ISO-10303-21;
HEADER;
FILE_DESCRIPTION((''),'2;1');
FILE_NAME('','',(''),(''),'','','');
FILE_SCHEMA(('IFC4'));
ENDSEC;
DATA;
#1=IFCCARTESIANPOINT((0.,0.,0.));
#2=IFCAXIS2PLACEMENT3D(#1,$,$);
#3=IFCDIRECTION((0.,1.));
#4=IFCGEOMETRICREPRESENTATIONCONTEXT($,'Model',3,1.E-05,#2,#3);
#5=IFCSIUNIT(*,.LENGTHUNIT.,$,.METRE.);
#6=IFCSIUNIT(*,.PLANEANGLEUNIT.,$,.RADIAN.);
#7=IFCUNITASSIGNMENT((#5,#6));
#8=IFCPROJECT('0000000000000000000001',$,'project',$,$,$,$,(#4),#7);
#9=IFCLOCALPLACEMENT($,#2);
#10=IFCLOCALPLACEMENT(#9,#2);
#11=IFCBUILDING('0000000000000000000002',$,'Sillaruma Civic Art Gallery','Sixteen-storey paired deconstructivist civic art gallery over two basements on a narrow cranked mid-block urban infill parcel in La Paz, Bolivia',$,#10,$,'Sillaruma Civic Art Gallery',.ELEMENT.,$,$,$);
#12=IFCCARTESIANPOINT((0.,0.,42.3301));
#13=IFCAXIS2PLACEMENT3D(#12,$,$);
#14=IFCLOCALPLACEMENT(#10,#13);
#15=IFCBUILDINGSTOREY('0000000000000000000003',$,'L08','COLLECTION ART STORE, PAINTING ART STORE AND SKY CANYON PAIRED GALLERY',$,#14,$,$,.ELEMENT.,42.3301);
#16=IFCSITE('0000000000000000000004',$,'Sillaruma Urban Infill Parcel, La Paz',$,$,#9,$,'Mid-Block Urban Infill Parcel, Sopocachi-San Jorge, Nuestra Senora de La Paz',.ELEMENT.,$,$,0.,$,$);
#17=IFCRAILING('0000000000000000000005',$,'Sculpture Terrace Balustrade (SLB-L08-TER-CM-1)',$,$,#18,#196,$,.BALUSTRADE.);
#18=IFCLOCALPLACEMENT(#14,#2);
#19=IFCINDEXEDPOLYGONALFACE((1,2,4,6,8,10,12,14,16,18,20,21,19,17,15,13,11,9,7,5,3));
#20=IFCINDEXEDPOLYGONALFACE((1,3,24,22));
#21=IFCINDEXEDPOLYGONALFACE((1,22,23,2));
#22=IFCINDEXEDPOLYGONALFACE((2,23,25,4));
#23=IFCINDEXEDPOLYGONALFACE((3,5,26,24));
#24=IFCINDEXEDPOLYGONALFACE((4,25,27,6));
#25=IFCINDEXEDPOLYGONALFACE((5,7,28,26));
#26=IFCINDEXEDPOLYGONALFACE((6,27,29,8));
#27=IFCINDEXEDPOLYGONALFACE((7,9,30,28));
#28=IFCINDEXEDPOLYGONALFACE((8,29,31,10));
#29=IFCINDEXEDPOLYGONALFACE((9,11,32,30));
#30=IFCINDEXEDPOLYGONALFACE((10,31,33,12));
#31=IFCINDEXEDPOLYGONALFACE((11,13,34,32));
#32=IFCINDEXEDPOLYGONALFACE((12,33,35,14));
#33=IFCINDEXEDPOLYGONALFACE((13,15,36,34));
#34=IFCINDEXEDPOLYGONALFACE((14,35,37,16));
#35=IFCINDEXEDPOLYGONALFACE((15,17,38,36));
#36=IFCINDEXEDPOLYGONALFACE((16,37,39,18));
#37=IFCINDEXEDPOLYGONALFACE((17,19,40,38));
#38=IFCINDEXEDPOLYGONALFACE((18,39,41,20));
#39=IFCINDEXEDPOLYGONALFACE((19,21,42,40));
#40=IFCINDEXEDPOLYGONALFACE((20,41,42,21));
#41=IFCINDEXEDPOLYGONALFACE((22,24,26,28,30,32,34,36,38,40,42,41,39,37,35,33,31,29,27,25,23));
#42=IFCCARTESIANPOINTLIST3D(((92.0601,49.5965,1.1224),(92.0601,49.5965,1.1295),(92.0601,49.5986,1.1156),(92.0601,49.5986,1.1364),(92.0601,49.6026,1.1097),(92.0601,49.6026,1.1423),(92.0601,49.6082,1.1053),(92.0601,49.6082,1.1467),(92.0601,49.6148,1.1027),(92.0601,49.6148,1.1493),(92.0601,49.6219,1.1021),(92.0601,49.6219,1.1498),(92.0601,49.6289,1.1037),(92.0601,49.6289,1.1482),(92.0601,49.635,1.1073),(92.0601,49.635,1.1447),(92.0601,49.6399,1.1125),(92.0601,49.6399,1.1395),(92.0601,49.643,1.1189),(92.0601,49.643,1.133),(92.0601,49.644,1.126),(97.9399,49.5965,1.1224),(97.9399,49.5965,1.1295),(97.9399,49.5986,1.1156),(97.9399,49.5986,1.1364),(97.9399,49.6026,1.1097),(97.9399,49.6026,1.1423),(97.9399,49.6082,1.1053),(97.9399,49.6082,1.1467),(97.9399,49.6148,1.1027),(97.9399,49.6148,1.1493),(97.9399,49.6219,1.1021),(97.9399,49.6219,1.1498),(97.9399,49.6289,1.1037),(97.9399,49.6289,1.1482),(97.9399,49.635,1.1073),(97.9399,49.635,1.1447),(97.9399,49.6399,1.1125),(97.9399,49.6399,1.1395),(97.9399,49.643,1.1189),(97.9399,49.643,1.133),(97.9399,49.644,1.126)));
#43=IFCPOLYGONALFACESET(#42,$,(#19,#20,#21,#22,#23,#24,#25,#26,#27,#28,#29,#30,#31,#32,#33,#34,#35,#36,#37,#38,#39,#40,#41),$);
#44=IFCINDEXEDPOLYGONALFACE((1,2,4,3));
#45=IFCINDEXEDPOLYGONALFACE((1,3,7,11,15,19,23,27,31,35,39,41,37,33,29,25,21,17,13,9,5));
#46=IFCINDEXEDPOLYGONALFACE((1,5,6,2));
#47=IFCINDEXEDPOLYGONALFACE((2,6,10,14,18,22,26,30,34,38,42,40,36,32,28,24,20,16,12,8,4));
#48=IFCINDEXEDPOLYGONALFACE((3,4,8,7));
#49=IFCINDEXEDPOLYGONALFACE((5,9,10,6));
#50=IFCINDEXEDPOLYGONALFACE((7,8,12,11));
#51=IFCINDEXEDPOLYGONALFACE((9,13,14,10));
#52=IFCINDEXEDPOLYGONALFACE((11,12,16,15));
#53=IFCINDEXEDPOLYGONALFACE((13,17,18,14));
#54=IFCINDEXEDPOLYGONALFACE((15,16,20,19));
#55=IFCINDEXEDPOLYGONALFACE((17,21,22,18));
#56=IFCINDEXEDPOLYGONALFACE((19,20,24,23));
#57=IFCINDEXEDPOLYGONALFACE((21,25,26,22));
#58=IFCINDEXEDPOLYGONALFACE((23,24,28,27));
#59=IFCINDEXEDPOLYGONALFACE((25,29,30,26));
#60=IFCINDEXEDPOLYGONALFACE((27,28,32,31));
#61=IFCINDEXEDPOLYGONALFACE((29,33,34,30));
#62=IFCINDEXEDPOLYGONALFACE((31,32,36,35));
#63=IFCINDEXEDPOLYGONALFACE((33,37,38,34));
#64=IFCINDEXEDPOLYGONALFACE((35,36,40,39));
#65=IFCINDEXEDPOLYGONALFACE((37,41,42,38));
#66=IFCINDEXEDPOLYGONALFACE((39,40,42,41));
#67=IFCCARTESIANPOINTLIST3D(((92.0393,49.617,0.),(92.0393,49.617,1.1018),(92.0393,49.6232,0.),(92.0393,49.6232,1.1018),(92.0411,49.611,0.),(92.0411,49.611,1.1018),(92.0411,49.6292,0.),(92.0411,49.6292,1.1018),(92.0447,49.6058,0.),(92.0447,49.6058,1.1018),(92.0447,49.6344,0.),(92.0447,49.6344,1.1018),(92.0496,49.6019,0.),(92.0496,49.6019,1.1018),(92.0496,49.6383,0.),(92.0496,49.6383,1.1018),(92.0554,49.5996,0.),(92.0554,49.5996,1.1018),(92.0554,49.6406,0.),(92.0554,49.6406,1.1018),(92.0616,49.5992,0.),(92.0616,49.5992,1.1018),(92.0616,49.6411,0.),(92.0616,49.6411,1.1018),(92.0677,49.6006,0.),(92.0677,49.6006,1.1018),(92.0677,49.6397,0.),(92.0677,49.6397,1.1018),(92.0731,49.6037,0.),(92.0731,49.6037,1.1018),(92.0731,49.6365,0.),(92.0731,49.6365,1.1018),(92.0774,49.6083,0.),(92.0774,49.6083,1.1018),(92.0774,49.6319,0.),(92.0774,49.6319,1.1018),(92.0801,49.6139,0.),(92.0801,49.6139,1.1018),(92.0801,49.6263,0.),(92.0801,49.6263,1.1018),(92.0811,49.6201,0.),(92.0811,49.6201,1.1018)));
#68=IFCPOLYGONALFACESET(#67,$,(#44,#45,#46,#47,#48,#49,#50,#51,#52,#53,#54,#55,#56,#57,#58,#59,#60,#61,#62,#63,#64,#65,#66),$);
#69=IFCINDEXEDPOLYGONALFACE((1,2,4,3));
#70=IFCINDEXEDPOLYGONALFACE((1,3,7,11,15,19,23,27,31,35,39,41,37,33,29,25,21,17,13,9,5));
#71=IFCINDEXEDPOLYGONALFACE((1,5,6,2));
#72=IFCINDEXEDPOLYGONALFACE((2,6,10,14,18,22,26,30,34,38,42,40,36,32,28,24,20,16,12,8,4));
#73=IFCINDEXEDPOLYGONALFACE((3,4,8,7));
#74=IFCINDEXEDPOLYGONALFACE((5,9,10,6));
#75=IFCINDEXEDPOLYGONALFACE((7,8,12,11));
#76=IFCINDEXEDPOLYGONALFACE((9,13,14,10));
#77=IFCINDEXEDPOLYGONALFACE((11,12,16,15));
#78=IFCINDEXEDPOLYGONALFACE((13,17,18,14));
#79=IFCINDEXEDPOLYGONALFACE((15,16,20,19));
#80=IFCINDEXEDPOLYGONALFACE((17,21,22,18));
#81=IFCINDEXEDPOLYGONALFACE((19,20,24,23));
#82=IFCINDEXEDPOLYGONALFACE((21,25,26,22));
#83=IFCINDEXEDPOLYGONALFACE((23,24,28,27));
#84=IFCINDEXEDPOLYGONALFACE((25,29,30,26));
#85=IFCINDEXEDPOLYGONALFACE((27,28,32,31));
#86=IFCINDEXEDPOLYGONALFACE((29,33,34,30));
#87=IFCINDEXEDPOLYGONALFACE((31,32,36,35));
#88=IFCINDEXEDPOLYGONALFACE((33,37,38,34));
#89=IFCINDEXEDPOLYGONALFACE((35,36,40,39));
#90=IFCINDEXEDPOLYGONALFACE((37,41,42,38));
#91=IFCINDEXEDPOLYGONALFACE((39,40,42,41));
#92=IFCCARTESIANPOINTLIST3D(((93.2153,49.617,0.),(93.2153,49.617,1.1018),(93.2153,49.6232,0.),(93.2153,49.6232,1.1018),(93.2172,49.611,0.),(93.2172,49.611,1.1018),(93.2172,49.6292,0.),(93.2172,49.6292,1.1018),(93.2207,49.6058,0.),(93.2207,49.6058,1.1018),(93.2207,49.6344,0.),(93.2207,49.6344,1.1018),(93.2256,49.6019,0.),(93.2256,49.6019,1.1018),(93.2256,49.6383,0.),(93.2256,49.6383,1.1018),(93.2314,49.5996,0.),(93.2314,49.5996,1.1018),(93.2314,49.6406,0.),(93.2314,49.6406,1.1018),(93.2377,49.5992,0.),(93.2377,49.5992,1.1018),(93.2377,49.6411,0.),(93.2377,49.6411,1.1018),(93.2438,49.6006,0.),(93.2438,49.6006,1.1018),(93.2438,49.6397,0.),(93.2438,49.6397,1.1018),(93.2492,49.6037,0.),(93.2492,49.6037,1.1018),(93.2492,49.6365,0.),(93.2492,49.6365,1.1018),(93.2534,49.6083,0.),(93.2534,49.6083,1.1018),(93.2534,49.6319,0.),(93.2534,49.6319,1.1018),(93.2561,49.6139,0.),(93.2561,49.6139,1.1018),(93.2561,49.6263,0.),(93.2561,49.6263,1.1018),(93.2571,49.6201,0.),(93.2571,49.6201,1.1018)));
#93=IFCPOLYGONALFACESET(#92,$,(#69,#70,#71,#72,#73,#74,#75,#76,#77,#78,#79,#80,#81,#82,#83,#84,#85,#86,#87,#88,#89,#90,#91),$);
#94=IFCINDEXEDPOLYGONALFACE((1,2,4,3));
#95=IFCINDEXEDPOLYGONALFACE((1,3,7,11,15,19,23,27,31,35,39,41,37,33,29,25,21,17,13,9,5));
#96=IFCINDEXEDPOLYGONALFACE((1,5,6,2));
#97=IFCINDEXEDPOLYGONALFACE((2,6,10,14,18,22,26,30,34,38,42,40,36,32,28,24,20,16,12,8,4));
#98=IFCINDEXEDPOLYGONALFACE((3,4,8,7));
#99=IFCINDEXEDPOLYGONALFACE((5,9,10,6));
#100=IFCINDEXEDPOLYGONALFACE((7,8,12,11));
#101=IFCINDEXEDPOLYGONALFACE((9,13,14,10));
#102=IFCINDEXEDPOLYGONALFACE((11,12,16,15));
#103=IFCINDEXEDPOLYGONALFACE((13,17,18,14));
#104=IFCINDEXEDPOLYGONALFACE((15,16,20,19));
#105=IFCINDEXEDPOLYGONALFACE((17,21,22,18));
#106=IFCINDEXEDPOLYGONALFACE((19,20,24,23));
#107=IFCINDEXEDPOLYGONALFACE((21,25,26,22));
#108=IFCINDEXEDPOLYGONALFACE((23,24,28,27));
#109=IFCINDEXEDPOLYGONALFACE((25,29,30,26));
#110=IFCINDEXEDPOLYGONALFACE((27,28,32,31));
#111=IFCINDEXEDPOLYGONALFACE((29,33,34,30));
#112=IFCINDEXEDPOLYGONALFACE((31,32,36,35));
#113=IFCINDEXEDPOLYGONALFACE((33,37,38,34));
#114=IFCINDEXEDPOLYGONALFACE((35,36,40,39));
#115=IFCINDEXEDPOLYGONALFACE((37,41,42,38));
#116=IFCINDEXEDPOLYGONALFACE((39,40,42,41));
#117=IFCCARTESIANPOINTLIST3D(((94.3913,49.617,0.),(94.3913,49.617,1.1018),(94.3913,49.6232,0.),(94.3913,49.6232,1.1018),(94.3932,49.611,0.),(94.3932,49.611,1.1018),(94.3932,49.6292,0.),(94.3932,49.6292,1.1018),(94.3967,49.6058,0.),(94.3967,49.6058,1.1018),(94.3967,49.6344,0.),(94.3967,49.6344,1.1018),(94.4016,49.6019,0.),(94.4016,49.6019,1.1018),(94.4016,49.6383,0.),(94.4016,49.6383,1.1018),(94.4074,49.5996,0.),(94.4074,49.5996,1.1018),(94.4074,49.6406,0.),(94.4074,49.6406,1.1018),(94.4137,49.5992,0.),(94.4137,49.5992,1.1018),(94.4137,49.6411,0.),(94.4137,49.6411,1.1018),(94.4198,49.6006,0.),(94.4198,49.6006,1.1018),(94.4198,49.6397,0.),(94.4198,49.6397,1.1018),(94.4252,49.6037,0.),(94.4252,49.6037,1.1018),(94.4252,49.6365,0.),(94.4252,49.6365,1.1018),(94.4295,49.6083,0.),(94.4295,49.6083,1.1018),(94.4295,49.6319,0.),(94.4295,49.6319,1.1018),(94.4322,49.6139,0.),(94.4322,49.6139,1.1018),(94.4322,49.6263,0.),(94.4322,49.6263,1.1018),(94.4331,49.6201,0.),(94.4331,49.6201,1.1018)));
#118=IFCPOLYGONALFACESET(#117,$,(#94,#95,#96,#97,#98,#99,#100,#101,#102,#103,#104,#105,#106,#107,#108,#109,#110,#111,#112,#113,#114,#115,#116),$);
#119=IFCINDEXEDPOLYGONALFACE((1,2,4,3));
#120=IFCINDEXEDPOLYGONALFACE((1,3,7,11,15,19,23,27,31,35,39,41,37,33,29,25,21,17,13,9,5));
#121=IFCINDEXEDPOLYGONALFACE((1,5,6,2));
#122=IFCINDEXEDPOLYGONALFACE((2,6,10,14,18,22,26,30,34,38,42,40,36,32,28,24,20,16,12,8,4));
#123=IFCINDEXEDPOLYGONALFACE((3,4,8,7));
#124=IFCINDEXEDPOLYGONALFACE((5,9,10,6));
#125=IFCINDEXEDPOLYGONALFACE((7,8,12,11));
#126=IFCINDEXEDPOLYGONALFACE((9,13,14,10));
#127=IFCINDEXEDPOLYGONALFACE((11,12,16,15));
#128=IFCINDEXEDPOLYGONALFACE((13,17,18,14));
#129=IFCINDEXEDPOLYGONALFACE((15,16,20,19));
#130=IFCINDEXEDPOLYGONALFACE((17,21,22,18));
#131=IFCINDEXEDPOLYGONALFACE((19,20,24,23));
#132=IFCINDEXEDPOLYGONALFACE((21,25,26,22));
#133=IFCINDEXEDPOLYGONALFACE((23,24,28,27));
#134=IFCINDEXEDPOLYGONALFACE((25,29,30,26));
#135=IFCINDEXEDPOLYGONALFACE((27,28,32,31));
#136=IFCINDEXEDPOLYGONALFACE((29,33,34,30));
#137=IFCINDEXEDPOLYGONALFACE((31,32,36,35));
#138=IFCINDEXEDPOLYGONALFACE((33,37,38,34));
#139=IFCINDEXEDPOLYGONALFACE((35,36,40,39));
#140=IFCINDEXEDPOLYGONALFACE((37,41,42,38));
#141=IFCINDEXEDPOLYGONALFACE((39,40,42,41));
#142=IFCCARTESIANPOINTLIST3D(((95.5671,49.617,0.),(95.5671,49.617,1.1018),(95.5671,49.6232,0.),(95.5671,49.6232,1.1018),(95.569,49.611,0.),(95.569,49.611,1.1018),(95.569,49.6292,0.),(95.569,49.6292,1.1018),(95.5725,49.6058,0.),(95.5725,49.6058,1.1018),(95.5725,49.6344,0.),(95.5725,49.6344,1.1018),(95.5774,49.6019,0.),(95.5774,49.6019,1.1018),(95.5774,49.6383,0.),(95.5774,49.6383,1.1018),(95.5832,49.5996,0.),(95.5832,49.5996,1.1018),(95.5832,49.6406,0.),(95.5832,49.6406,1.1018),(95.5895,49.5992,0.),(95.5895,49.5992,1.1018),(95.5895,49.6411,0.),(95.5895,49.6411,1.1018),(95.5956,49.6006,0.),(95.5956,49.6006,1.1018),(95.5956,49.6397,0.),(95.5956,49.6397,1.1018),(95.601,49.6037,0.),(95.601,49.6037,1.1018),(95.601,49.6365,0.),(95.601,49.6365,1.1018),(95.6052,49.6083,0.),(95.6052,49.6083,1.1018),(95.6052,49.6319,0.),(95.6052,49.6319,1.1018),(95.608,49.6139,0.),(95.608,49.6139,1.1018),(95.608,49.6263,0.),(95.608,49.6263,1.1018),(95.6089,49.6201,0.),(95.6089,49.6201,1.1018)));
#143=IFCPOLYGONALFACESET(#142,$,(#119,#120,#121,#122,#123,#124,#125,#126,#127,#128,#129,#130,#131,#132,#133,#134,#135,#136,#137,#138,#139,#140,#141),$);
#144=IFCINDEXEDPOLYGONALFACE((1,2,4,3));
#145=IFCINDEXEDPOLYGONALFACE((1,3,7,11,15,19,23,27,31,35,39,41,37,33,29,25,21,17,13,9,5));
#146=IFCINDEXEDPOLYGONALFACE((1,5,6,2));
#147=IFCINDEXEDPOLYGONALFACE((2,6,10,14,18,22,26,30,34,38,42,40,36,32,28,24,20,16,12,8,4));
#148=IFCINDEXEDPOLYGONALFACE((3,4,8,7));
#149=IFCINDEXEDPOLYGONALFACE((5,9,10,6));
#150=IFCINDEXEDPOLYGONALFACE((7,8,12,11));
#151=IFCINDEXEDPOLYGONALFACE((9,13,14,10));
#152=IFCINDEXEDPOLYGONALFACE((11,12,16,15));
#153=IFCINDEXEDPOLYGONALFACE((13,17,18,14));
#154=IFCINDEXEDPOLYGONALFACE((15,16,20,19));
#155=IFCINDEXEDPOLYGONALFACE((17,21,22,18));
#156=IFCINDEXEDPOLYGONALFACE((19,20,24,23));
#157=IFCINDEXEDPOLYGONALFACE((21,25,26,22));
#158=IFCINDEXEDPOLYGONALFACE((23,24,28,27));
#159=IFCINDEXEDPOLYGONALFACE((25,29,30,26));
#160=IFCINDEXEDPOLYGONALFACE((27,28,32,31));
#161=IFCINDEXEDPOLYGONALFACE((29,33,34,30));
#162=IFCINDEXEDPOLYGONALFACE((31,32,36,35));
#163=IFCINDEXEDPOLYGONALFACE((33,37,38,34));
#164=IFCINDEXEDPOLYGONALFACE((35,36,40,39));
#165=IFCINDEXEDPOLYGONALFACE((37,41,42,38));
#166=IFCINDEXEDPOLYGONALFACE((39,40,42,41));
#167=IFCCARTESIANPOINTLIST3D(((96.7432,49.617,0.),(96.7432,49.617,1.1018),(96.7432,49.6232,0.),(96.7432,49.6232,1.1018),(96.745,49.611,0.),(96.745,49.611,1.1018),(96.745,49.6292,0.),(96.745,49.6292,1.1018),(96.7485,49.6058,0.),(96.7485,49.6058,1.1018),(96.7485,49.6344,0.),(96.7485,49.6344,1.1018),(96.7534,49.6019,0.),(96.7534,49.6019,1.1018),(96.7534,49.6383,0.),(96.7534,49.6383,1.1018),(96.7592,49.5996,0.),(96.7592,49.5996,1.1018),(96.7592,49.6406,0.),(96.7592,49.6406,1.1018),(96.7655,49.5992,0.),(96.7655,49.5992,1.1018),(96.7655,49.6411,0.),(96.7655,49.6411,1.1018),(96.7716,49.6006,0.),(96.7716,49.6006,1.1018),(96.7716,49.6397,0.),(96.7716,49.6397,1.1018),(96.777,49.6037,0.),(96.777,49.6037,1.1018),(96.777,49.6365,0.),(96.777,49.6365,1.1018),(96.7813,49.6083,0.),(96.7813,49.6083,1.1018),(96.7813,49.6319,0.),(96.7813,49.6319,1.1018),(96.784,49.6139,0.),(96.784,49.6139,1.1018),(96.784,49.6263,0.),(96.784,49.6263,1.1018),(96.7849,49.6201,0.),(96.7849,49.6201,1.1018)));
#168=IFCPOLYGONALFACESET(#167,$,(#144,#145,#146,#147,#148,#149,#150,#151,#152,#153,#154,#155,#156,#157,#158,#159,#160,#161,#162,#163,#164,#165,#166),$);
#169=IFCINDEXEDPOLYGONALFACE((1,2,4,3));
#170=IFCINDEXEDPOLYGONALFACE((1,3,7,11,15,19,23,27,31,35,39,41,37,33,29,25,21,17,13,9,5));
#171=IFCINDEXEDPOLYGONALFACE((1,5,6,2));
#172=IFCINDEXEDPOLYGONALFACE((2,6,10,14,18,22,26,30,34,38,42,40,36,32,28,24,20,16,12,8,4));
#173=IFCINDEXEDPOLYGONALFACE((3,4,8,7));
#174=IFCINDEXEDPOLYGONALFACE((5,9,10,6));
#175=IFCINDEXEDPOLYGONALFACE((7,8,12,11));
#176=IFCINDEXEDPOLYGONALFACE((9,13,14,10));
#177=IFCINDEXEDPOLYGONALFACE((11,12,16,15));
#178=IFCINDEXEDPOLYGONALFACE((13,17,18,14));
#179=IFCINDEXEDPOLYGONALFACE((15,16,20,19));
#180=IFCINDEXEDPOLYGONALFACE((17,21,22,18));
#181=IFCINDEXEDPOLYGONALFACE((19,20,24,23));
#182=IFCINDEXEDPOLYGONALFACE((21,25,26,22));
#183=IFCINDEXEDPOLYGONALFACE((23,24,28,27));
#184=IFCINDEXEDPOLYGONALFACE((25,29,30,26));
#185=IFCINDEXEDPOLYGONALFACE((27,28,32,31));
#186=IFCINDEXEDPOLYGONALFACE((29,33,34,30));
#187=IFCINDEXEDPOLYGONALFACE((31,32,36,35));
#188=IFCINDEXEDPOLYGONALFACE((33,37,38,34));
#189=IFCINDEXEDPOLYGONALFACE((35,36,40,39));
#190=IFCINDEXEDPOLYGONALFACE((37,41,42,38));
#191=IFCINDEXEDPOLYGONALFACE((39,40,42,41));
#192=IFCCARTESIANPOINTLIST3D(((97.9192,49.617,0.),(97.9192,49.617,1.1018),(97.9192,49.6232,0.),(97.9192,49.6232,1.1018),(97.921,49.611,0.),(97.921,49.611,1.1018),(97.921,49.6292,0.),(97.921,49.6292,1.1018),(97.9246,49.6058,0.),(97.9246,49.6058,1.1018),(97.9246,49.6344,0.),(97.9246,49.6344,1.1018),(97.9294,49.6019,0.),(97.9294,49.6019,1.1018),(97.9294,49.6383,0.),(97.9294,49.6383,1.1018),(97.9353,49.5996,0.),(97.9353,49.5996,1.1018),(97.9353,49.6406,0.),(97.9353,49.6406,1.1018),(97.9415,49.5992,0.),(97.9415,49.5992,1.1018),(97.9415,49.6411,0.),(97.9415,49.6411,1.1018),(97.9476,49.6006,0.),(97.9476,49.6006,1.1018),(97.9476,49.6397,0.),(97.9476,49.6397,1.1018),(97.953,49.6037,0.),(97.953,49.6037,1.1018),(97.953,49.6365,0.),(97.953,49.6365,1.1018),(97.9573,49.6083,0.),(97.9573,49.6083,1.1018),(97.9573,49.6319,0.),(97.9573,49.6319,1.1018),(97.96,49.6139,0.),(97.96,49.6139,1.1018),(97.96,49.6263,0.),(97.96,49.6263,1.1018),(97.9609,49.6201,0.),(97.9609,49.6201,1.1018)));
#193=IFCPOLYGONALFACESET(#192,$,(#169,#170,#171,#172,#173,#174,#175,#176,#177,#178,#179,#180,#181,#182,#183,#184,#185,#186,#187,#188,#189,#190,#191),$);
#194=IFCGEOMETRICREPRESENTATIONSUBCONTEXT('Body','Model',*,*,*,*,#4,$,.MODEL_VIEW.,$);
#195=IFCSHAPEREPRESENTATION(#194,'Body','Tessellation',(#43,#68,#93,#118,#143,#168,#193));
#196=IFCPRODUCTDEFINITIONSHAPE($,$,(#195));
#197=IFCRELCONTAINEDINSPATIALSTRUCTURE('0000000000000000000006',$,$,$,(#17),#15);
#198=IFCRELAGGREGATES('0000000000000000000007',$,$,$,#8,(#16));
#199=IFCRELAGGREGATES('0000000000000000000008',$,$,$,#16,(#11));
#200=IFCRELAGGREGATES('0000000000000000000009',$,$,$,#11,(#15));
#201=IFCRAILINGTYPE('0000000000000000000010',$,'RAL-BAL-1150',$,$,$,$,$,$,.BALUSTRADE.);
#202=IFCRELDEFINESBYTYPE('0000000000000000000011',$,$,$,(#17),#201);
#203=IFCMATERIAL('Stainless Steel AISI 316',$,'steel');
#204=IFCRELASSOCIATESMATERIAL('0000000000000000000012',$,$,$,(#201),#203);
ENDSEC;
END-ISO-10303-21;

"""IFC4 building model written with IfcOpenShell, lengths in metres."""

from ifc_helpers import new_model, si_unit, direction, frame, origin, origin_2d, place, context, subcontext, project, spatial, circle, extrude, material, type_object, element, save


model = new_model("IFC4")

# Units and contexts
model_context = context("Model", 3, precision=1e-05, world=origin(), true_north=direction((0.0, 1.0)))
body_context = subcontext(model_context, "Body", "Model", "MODEL_VIEW")
ifc_project = project(units=[si_unit("LENGTHUNIT", "METRE"), si_unit("PLANEANGLEUNIT", "RADIAN")], contexts=[model_context])

# Site, building, storey
site_placement = place(None, origin())
site = spatial("IfcSite", under=ifc_project, at=site_placement, Name="Sillaruma Urban Infill Parcel, La Paz", LongName="Mid-Block Urban Infill Parcel, Sopocachi-San Jorge, Nuestra Senora de La Paz", CompositionType="ELEMENT", RefElevation=0.0)
building_placement = place(site_placement, origin())
building = spatial("IfcBuilding", under=site, at=building_placement, Name="Sillaruma Civic Art Gallery", Description="Sixteen-storey paired deconstructivist civic art gallery over two basements on a narrow cranked mid-block urban infill parcel in La Paz, Bolivia", LongName="Sillaruma Civic Art Gallery", CompositionType="ELEMENT")
storey_placement = place(building_placement, frame((0.0, 0.0, 42.3301)))
storey = spatial("IfcBuildingStorey", under=building, at=storey_placement, Name="L08", Description="COLLECTION ART STORE, PAINTING ART STORE AND SKY CANYON PAIRED GALLERY", CompositionType="ELEMENT", Elevation=42.3301)

# Railing
ifc_material_1 = material(Name="Stainless Steel AISI 316", Category="steel")
railing_type = type_object("IfcRailingType", Name="RAL-BAL-1150", PredefinedType="BALUSTRADE", material=ifc_material_1)
railing_1_placement = place(storey_placement, frame((92.0601, 49.6201, 0.0)))
element("IfcRailing", 1, at=railing_1_placement, inside=storey, type_object=railing_type, Name="Sculpture Terrace Balustrade (SLB-L08-TER-CM-1)", PredefinedType="BALUSTRADE", context=body_context, shape_type="SweptSolid", body=[
    extrude(circle(Radius=0.0239, at=origin_2d()), frame((0.0, 0.0, 1.126), z_axis=(1.0, 0.0, 0.0), x_axis=(0.0, 1.0, 0.0)), (0.0, 0.0, 1.0), 5.8799),
    extrude(circle(Radius=0.021, at=origin_2d()), origin(), (0.0, 0.0, 1.0), 1.1018),
    extrude(circle(Radius=0.021, at=origin_2d()), frame((1.176, 0.0, 0.0)), (0.0, 0.0, 1.0), 1.1018),
    extrude(circle(Radius=0.021, at=origin_2d()), frame((2.3521, 0.0, 0.0)), (0.0, 0.0, 1.0), 1.1018),
    extrude(circle(Radius=0.021, at=origin_2d()), frame((3.5278, 0.0, 0.0)), (0.0, 0.0, 1.0), 1.1018),
    extrude(circle(Radius=0.021, at=origin_2d()), frame((4.7039, 0.0, 0.0)), (0.0, 0.0, 1.0), 1.1018),
    extrude(circle(Radius=0.021, at=origin_2d()), frame((5.8799, 0.0, 0.0)), (0.0, 0.0, 1.0), 1.1018),
])

save(model, "model.ifc")
